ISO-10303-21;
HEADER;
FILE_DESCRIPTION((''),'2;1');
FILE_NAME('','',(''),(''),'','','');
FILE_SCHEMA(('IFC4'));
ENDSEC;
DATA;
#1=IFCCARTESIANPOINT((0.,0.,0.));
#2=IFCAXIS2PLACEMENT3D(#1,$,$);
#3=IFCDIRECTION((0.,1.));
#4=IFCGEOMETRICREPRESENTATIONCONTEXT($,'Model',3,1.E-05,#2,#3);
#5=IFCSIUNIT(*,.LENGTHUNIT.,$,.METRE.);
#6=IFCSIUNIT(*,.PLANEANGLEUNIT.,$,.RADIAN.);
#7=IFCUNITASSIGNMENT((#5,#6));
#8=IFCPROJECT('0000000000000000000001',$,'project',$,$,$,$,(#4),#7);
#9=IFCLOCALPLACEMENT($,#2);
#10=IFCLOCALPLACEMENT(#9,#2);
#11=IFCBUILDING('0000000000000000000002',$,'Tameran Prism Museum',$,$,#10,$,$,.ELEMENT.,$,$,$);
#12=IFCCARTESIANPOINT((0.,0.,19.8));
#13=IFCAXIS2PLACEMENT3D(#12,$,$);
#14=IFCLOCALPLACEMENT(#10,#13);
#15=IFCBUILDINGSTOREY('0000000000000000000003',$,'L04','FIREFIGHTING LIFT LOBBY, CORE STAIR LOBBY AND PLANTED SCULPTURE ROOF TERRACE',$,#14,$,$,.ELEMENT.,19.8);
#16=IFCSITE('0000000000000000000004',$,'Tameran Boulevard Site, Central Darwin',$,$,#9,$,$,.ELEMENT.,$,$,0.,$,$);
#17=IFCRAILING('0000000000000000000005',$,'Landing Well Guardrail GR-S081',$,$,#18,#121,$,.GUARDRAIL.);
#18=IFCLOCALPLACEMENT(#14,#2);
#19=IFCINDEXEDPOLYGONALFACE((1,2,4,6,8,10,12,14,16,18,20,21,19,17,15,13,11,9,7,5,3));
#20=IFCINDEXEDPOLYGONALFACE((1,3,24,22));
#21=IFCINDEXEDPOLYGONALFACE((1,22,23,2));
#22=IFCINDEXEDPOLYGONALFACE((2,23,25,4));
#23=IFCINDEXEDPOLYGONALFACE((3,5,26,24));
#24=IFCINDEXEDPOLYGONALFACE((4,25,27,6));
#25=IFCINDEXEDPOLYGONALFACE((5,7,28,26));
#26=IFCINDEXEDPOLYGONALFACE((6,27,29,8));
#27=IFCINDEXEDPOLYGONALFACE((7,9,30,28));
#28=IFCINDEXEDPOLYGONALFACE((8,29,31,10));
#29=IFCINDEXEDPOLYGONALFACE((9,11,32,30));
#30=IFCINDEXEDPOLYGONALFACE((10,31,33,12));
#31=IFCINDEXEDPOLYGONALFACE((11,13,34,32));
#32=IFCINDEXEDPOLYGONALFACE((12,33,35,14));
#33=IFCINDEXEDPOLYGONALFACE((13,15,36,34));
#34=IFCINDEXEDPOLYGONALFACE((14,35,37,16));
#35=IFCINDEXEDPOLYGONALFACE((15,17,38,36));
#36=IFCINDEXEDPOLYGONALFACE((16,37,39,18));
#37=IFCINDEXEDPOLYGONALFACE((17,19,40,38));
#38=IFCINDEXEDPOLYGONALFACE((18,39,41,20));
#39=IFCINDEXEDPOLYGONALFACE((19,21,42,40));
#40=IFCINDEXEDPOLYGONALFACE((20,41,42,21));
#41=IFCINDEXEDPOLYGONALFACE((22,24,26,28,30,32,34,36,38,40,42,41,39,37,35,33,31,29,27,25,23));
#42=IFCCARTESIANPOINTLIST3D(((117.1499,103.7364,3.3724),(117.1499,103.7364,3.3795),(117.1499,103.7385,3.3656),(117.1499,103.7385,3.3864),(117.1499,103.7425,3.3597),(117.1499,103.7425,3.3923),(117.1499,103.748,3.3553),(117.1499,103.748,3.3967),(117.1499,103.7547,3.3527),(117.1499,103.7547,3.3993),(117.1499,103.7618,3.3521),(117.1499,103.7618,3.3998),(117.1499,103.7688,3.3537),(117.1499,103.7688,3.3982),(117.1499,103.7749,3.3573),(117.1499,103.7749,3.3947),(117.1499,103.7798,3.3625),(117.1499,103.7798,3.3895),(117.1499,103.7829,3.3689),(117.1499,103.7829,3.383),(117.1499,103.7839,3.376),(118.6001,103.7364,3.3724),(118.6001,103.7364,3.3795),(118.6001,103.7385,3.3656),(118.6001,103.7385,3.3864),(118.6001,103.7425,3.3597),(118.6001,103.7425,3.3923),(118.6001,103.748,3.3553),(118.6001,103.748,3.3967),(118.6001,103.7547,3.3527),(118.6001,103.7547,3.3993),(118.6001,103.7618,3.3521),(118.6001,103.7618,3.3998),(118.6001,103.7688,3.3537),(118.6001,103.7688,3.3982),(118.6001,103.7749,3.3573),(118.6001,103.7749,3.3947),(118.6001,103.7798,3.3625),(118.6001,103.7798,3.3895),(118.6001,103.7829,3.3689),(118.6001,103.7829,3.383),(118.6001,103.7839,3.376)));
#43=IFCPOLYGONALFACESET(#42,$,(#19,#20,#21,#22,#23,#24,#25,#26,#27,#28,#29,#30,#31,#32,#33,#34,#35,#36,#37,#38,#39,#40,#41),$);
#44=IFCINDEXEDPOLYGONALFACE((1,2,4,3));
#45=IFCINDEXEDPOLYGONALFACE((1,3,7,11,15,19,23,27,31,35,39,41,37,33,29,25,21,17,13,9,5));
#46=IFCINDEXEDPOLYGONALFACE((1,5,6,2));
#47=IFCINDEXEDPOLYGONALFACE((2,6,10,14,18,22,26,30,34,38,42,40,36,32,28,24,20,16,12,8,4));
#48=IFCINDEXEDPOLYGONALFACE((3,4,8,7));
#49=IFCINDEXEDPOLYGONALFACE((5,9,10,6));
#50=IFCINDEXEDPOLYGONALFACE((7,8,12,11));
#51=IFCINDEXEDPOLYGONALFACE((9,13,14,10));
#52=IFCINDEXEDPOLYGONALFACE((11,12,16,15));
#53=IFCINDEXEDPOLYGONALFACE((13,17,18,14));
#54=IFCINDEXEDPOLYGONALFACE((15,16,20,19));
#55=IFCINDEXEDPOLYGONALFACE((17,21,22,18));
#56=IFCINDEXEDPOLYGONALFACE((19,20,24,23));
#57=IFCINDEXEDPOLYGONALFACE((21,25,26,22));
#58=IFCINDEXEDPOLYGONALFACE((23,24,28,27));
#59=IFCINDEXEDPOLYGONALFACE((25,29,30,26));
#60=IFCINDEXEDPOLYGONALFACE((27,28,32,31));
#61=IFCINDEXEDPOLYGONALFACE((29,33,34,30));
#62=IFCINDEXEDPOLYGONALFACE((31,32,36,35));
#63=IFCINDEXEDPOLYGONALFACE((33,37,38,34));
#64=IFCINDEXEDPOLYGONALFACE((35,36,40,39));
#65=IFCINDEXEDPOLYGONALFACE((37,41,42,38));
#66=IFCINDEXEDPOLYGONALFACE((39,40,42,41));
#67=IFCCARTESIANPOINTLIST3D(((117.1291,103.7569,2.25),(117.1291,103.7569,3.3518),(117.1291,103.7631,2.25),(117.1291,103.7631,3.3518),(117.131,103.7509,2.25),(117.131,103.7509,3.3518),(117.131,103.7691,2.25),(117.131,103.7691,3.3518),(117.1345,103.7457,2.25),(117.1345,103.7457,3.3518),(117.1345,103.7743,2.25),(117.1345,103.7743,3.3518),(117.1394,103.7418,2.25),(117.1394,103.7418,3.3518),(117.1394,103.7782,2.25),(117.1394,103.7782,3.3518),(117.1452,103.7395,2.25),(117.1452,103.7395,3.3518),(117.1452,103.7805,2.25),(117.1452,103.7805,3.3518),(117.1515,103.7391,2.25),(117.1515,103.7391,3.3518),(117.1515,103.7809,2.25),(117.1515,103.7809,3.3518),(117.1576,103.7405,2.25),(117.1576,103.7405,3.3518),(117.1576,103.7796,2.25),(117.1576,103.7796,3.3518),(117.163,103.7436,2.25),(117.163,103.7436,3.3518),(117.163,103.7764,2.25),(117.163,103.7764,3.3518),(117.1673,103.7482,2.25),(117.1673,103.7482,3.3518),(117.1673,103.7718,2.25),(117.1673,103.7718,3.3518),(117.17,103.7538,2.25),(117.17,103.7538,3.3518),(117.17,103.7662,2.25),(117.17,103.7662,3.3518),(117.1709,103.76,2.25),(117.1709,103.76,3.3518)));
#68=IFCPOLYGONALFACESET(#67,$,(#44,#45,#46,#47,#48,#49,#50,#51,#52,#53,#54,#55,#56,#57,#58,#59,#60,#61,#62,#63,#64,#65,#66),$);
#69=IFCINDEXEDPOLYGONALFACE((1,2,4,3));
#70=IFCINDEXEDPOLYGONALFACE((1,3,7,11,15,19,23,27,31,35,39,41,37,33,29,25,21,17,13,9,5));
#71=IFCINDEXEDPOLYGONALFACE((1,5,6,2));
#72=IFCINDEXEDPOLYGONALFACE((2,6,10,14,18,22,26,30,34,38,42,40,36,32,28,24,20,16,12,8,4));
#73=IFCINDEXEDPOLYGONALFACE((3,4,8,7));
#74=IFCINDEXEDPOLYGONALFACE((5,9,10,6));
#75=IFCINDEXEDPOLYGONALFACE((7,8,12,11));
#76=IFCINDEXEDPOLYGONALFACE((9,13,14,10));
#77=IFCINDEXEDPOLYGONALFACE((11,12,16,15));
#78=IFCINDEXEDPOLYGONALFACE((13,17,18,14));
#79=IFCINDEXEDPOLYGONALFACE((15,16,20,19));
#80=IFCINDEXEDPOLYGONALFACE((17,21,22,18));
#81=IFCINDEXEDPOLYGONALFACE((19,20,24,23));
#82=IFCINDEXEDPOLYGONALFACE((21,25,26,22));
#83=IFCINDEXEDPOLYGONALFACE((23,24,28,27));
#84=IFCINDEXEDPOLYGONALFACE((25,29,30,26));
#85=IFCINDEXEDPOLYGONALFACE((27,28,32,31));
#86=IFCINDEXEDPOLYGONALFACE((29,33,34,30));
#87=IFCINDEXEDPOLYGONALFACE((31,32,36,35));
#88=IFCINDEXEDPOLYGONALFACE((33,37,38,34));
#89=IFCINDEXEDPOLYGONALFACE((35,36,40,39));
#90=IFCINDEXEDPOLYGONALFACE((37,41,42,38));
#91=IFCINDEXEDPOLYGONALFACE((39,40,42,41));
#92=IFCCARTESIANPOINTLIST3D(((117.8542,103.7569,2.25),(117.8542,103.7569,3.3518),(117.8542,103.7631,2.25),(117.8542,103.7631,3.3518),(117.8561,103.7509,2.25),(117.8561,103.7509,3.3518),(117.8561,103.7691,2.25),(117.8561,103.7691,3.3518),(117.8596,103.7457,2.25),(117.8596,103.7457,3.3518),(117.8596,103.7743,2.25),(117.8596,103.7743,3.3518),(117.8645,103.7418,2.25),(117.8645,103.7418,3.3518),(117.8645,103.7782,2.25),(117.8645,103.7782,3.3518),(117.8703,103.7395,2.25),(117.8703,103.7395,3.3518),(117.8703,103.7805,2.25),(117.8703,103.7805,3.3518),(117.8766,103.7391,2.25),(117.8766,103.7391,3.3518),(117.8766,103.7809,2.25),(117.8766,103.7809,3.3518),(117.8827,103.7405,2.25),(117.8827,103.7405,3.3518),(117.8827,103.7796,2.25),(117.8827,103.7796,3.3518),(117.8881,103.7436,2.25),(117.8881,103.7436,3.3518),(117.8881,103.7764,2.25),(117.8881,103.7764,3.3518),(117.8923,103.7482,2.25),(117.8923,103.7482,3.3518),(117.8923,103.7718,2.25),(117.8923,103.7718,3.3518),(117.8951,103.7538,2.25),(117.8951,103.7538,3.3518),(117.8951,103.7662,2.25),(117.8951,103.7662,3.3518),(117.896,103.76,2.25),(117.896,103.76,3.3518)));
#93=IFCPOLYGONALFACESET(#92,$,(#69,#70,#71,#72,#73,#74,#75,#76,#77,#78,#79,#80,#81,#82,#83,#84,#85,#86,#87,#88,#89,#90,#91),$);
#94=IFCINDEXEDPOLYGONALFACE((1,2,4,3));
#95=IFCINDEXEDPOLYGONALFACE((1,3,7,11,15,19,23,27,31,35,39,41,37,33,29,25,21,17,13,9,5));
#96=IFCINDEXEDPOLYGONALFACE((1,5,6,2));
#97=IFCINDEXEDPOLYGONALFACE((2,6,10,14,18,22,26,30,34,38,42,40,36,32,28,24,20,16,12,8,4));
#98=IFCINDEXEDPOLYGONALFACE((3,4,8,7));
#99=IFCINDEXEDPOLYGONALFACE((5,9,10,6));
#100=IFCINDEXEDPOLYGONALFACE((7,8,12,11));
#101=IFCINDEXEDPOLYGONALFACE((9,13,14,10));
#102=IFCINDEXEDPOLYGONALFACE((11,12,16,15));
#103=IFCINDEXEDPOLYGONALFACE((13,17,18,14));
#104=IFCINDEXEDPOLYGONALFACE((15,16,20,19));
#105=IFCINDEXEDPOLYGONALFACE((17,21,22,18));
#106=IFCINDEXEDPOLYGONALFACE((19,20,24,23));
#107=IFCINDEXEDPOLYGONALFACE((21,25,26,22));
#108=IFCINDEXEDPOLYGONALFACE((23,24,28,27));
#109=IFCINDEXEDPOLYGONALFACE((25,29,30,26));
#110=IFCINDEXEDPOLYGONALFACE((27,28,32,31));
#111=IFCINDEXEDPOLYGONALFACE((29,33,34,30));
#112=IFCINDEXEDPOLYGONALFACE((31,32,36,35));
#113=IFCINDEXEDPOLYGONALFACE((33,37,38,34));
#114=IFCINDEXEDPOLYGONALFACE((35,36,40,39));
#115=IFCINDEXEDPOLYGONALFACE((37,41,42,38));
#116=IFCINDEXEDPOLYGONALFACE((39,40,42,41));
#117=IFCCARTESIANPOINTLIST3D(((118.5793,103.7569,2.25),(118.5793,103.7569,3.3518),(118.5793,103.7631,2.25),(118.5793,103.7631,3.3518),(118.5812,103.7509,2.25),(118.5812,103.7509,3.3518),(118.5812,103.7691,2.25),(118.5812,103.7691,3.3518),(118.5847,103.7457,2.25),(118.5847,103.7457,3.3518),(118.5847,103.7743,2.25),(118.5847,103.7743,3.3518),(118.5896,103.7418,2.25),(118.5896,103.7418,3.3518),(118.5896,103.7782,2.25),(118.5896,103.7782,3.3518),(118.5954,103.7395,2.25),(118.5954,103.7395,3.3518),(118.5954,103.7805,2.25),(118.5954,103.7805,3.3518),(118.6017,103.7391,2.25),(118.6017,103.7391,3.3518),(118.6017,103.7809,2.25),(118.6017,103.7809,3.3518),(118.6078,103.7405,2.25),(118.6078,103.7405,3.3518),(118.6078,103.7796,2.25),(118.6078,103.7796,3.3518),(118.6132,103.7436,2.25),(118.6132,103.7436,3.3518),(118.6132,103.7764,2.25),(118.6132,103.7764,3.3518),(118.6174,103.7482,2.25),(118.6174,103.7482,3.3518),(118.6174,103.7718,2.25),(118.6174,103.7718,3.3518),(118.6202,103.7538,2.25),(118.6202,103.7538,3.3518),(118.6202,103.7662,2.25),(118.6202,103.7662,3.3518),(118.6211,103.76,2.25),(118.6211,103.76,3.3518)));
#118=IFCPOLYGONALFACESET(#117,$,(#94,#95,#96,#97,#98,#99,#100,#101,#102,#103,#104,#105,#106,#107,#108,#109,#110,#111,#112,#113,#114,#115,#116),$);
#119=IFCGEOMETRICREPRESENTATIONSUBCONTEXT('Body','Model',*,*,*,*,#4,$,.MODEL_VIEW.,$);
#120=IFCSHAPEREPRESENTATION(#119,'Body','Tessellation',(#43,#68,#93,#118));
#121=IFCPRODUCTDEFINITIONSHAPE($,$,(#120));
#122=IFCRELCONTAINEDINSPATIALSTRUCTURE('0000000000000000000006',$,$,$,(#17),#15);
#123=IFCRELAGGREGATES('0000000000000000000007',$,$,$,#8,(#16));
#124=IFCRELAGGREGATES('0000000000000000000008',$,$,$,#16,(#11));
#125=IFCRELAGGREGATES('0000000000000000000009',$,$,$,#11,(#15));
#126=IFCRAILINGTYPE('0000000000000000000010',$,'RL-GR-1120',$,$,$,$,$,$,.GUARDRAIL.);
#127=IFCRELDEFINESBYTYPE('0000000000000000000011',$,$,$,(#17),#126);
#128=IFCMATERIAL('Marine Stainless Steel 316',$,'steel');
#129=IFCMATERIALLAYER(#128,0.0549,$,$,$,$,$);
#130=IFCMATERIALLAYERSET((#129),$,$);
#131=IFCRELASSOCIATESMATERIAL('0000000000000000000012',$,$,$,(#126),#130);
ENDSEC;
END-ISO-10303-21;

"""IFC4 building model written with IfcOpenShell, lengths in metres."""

from ifc_helpers import new_model, si_unit, direction, frame, origin, origin_2d, place, context, subcontext, project, spatial, circle, extrude, material, layer, layer_set, type_object, element, save


model = new_model("IFC4")

# Units and contexts
model_context = context("Model", 3, precision=1e-05, world=origin(), true_north=direction((0.0, 1.0)))
body_context = subcontext(model_context, "Body", "Model", "MODEL_VIEW")
ifc_project = project(units=[si_unit("LENGTHUNIT", "METRE"), si_unit("PLANEANGLEUNIT", "RADIAN")], contexts=[model_context])

# Site, building, storey
site_placement = place(None, origin())
site = spatial("IfcSite", under=ifc_project, at=site_placement, Name="Tameran Boulevard Site, Central Darwin", CompositionType="ELEMENT", RefElevation=0.0)
building_placement = place(site_placement, origin())
building = spatial("IfcBuilding", under=site, at=building_placement, Name="Tameran Prism Museum", CompositionType="ELEMENT")
storey_placement = place(building_placement, frame((0.0, 0.0, 19.8)))
storey = spatial("IfcBuildingStorey", under=building, at=storey_placement, Name="L04", Description="FIREFIGHTING LIFT LOBBY, CORE STAIR LOBBY AND PLANTED SCULPTURE ROOF TERRACE", CompositionType="ELEMENT", Elevation=19.8)

# Railing
ifc_material_1 = material(Name="Marine Stainless Steel 316", Category="steel")
ifc_layer_1 = layer(ifc_material_1, 0.0549)
ifc_layer_set_1 = layer_set([ifc_layer_1])
railing_type_1 = type_object("IfcRailingType", Name="RL-GR-1120", PredefinedType="GUARDRAIL", material=ifc_layer_set_1)
for number, where, name in (
    (1, (117.1499, 103.76, 2.25), "Landing Well Guardrail GR-S081"),
):
    element("IfcRailing", number, at=place(storey_placement, frame(where)), inside=storey, type_object=railing_type_1, Name=name, PredefinedType="GUARDRAIL", context=body_context, shape_type="SweptSolid", body=[
        extrude(circle(Radius=0.0239, at=origin_2d()), frame((0.0, 0.0, 1.126), z_axis=(1.0, 0.0, 0.0), x_axis=(0.0, 1.0, 0.0)), (0.0, 0.0, 1.0), 1.4502),
        extrude(circle(Radius=0.021, at=origin_2d()), origin(), (0.0, 0.0, 1.0), 1.1018),
        extrude(circle(Radius=0.021, at=origin_2d()), frame((0.7251, 0.0, 0.0)), (0.0, 0.0, 1.0), 1.1018),
        extrude(circle(Radius=0.021, at=origin_2d()), frame((1.4502, 0.0, 0.0)), (0.0, 0.0, 1.0), 1.1018),
    ])

save(model, "model.ifc")
